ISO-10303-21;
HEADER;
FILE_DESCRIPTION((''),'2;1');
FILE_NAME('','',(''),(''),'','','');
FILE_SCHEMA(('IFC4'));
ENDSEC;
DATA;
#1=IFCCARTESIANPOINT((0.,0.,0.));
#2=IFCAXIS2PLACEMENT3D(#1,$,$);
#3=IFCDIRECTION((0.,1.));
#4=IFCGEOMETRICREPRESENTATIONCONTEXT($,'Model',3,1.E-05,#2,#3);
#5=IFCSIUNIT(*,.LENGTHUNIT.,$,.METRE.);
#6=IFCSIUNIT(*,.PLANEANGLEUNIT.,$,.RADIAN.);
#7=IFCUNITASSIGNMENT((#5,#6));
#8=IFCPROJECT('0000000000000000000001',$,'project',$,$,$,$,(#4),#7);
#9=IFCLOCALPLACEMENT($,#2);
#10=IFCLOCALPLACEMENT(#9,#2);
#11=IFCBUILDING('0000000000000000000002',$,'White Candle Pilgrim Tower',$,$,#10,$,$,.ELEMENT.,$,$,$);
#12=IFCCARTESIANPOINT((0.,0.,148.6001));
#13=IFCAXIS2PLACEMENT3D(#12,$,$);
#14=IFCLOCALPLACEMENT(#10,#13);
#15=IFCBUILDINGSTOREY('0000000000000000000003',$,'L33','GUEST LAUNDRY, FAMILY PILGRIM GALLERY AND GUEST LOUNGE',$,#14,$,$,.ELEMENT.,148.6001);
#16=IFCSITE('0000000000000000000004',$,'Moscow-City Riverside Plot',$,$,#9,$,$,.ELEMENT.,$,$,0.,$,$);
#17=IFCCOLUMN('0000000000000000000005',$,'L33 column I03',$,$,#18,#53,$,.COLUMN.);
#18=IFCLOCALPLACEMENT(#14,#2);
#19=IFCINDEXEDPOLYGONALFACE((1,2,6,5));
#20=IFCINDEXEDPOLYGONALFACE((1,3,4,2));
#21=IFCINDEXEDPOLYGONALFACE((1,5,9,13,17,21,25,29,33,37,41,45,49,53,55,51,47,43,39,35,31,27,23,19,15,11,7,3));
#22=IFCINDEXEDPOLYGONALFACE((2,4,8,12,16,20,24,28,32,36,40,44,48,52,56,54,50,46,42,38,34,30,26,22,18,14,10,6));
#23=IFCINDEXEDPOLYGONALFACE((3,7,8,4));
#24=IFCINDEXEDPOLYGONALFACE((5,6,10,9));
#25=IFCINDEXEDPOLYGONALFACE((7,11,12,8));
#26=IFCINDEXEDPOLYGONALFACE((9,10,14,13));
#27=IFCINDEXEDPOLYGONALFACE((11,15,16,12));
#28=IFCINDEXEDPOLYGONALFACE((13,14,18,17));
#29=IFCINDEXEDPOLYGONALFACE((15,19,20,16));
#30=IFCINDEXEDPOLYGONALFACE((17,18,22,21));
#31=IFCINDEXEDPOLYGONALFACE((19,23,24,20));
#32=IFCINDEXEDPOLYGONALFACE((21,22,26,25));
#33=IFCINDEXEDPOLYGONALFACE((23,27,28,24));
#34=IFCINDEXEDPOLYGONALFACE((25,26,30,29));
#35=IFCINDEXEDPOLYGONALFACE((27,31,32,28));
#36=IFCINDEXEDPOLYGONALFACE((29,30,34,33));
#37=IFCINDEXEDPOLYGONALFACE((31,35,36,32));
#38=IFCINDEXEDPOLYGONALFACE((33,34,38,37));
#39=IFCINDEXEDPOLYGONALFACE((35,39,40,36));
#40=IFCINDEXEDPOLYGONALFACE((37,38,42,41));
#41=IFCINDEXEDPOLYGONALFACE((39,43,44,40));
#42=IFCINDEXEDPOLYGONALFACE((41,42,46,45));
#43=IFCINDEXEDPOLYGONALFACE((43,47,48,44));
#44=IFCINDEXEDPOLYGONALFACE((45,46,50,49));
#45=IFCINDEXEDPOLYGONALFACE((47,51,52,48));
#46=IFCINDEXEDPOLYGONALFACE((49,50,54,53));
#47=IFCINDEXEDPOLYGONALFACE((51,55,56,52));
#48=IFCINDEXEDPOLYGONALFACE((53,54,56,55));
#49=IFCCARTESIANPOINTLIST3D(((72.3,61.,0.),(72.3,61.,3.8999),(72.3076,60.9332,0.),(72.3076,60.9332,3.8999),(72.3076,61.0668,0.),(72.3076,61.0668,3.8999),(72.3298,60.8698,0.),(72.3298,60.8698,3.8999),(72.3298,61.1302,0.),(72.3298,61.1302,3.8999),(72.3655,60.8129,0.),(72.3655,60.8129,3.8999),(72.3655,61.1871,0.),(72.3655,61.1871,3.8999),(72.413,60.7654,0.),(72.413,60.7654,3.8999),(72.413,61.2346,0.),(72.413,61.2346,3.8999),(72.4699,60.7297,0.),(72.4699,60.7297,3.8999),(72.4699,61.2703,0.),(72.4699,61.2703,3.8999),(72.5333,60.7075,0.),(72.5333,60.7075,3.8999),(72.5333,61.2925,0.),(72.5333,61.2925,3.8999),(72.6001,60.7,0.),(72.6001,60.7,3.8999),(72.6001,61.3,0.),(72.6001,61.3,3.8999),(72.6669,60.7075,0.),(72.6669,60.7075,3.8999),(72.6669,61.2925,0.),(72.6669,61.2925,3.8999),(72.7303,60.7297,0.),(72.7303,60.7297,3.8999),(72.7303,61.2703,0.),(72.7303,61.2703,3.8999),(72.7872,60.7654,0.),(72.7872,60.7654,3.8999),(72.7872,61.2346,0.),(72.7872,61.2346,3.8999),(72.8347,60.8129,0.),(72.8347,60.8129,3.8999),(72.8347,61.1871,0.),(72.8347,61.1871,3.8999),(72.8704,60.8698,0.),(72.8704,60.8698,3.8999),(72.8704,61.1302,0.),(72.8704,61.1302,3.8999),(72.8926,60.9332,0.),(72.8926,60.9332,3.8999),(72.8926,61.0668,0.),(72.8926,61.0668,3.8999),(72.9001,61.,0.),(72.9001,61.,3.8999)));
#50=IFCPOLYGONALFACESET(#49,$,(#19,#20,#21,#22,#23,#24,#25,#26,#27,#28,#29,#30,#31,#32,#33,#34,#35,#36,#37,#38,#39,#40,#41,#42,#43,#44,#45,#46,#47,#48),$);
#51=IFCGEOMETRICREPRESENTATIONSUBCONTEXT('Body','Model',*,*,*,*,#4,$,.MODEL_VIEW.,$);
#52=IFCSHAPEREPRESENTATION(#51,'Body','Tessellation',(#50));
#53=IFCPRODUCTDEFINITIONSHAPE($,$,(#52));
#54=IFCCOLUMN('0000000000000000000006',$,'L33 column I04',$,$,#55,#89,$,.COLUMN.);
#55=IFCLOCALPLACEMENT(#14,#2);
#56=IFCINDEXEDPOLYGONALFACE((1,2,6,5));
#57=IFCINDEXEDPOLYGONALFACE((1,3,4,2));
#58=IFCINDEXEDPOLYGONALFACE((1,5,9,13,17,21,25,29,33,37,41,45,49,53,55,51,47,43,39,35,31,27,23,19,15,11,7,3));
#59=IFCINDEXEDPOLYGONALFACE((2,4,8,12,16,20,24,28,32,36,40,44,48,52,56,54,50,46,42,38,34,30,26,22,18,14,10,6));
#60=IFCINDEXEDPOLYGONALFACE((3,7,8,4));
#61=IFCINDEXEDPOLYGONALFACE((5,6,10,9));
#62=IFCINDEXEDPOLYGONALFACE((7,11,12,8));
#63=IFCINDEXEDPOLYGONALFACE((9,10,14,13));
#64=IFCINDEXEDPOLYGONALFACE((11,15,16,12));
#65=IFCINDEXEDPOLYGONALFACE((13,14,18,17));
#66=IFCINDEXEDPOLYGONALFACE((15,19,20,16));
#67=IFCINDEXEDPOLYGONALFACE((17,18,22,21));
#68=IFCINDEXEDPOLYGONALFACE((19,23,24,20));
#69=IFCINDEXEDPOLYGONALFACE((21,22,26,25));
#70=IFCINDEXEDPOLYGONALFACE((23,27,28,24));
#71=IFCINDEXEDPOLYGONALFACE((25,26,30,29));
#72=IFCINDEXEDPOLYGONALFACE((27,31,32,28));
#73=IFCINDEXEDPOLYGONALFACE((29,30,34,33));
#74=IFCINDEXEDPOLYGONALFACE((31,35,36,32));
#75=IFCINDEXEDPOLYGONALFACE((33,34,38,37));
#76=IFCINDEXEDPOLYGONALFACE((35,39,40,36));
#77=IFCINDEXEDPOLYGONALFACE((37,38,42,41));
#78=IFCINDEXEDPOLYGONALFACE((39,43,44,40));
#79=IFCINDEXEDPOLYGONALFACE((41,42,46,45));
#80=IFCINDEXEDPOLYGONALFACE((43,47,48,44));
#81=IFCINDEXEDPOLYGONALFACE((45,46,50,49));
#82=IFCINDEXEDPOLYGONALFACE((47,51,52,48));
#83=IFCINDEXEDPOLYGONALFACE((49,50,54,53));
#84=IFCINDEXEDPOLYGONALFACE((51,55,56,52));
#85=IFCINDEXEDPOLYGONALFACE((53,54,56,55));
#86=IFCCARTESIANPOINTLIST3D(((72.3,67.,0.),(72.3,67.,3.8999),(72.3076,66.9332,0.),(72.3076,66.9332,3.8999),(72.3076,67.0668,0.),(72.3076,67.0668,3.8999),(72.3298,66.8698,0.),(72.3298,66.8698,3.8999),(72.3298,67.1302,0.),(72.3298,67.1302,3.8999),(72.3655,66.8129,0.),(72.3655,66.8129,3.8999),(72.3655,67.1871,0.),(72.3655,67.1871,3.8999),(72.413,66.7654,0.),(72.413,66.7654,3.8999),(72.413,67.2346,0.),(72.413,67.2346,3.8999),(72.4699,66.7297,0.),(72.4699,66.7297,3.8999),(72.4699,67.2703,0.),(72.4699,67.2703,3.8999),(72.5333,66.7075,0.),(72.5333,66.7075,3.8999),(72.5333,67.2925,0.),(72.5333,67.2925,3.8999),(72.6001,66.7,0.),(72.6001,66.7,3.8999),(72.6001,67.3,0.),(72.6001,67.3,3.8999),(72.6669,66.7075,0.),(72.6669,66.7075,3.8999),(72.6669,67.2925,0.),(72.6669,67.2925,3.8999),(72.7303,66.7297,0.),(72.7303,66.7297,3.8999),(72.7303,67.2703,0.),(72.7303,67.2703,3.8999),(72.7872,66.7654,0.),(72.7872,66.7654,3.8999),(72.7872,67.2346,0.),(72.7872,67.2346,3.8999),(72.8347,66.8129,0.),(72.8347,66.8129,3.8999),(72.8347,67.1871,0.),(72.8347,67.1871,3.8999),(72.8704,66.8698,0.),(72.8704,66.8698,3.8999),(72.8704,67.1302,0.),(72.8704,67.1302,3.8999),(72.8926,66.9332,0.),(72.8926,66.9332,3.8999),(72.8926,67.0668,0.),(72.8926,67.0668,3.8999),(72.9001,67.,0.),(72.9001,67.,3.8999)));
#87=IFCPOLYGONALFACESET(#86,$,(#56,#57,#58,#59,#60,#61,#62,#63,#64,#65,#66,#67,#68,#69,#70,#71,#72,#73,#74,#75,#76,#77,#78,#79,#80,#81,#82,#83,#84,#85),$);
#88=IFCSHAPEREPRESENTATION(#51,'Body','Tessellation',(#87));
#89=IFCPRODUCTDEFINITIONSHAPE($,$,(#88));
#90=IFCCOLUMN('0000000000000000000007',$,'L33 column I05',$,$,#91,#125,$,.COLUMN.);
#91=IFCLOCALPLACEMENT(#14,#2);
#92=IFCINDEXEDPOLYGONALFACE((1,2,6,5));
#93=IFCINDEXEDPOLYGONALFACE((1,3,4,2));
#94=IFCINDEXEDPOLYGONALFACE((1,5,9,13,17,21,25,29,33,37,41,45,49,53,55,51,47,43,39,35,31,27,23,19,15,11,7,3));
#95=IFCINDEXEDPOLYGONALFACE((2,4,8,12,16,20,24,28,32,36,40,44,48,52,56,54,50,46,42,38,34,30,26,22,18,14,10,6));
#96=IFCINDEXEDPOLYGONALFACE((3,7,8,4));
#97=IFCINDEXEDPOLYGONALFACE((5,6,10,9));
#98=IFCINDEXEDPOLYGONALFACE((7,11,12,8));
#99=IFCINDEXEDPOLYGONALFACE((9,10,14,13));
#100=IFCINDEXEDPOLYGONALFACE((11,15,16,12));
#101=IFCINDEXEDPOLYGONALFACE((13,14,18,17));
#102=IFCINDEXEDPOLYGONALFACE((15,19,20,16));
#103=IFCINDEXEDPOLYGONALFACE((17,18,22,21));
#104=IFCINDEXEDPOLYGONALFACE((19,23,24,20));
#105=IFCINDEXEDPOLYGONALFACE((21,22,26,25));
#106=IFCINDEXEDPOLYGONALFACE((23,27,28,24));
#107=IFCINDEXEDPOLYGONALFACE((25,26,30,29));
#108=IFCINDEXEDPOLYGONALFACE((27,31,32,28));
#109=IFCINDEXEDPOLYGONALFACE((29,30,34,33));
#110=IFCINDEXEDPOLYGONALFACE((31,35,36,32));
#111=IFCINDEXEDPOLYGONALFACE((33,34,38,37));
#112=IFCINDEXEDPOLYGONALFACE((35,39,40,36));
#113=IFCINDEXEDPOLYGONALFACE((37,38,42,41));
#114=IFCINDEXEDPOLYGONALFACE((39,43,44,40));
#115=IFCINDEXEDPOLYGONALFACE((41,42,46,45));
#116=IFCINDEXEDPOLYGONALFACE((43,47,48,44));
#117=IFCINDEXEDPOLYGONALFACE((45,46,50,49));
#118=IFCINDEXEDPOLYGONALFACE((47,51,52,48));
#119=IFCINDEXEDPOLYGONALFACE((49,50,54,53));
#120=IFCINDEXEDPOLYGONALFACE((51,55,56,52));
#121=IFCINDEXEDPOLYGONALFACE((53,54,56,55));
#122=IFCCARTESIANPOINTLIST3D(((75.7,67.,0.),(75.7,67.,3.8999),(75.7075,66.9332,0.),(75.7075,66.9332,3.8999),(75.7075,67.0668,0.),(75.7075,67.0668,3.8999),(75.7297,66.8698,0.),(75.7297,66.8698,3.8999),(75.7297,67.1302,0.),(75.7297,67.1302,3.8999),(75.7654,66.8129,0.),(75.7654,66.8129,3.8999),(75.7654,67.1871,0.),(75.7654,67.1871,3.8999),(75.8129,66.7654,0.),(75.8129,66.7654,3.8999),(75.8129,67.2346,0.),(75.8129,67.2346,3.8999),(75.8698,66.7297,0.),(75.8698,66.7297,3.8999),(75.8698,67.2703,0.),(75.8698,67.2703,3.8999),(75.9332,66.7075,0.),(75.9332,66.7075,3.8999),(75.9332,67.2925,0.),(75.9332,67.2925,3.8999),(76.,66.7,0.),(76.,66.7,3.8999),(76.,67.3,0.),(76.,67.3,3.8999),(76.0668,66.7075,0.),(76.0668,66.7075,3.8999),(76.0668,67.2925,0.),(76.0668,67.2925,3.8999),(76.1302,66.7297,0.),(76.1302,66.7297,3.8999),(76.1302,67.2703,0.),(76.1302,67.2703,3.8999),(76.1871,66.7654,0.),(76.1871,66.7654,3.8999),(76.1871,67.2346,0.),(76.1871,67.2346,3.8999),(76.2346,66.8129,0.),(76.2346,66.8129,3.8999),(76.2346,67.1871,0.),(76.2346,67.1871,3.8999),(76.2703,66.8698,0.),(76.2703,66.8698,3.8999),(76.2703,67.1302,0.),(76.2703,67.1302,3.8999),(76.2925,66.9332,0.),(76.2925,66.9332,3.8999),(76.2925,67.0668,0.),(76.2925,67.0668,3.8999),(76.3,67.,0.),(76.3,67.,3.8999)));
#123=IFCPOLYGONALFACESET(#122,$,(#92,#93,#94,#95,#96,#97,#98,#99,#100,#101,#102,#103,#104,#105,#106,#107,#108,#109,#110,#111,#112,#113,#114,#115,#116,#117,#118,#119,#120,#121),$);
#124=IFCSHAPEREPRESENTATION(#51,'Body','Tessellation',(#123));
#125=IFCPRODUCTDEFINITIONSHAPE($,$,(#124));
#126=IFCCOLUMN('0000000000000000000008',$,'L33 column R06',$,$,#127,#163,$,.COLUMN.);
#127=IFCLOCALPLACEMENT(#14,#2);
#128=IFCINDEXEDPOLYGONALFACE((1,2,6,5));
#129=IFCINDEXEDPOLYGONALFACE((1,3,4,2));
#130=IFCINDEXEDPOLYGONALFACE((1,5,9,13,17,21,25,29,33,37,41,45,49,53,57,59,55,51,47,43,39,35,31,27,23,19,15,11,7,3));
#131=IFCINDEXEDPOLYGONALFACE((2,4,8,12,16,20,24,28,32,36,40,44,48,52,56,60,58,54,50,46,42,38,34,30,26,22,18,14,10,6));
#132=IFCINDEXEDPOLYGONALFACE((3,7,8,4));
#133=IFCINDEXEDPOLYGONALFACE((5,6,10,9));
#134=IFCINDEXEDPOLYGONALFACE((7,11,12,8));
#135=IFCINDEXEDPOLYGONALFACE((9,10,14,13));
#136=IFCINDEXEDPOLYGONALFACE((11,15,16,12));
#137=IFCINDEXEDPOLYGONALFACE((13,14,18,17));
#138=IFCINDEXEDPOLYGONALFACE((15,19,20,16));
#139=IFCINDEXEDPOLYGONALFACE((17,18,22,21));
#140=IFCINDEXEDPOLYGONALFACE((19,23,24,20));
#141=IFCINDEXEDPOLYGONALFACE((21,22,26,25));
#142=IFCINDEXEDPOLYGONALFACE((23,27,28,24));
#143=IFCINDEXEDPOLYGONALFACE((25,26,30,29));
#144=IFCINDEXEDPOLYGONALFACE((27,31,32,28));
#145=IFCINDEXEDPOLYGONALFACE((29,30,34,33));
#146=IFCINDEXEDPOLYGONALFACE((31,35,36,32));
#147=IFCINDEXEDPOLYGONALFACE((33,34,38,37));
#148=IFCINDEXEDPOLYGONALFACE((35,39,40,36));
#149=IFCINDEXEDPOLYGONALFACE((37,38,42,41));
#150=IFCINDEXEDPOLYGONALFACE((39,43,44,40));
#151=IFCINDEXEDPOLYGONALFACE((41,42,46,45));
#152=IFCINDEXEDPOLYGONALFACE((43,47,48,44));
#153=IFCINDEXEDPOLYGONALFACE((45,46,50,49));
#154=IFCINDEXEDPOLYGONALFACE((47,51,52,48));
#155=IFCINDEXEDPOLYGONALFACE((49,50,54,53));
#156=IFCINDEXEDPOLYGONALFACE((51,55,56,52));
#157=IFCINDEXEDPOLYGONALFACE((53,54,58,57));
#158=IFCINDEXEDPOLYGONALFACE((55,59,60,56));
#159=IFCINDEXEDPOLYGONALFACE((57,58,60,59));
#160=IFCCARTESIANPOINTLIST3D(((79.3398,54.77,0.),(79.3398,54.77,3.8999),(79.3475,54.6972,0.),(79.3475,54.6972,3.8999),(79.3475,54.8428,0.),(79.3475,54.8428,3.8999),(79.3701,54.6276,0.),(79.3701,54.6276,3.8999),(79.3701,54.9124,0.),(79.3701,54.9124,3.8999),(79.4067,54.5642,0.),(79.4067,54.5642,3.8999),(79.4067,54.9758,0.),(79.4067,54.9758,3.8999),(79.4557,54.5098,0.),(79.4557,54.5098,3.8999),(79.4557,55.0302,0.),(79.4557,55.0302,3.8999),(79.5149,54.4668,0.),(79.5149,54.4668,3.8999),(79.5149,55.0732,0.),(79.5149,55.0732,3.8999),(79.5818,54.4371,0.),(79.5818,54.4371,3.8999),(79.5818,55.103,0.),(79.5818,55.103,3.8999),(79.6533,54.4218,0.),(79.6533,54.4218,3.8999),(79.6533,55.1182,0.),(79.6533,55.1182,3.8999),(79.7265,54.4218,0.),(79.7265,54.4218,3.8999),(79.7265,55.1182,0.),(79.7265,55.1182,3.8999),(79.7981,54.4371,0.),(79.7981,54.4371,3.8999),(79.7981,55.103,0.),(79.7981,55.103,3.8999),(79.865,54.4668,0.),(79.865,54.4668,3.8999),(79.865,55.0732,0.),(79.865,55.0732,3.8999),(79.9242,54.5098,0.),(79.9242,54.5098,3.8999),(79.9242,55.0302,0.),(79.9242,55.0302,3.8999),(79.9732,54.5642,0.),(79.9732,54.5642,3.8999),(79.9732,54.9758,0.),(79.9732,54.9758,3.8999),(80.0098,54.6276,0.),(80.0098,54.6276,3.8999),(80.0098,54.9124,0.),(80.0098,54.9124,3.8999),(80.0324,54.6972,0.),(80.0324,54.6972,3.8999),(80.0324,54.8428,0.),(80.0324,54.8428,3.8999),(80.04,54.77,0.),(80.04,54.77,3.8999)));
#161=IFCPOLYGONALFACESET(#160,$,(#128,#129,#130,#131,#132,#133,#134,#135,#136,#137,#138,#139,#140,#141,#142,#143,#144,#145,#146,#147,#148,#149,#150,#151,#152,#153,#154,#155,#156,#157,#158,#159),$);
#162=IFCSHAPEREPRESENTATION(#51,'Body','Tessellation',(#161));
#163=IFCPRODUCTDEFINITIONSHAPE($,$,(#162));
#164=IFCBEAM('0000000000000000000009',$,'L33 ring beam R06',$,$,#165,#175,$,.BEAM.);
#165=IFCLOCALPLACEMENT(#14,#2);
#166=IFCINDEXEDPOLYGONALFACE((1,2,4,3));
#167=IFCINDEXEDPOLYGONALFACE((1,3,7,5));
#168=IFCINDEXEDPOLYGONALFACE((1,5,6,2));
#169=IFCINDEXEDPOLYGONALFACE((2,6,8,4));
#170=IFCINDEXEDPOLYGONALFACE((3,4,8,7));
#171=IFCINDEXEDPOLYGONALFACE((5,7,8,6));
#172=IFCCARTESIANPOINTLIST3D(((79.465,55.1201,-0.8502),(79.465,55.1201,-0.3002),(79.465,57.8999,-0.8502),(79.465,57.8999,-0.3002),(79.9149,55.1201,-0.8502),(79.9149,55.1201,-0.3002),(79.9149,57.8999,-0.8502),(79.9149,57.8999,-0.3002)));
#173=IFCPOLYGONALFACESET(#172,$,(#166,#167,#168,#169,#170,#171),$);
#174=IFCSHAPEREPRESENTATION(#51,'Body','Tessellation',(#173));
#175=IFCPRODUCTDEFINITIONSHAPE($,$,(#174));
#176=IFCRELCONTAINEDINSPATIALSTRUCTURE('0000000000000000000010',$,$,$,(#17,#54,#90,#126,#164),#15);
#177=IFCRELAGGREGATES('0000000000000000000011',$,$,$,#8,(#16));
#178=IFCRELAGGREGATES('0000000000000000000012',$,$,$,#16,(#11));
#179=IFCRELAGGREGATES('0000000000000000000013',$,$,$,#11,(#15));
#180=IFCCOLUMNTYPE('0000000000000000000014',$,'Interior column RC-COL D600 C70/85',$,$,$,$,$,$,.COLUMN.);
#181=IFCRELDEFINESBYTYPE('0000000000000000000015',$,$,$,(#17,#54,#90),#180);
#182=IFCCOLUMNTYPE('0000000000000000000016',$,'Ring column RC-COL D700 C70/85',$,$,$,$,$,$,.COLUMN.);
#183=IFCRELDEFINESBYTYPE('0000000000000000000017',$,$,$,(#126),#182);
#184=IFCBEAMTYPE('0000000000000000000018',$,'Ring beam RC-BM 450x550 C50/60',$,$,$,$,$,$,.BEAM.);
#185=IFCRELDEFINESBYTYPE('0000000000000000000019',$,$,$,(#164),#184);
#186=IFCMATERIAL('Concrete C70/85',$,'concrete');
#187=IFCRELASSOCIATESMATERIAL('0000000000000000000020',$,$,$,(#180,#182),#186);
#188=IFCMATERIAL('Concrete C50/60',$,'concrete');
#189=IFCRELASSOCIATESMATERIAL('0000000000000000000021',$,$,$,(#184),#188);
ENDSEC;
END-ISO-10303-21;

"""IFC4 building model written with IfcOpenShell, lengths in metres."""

from ifc_helpers import new_model, si_unit, direction, frame, origin, origin_2d, place, context, subcontext, project, spatial, rectangle, circle, extrude, material, material_profile, profile_set, type_object, element, save


model = new_model("IFC4")

# Units and contexts
model_context = context("Model", 3, precision=1e-05, world=origin(), true_north=direction((0.0, 1.0)))
body_context = subcontext(model_context, "Body", "Model", "MODEL_VIEW")
ifc_project = project(units=[si_unit("LENGTHUNIT", "METRE"), si_unit("PLANEANGLEUNIT", "RADIAN")], contexts=[model_context])

# Site, building, storey
site_placement = place(None, origin())
site = spatial("IfcSite", under=ifc_project, at=site_placement, Name="Moscow-City Riverside Plot", CompositionType="ELEMENT", RefElevation=0.0)
building_placement = place(site_placement, origin())
building = spatial("IfcBuilding", under=site, at=building_placement, Name="White Candle Pilgrim Tower", CompositionType="ELEMENT")
storey_placement = place(building_placement, frame((0.0, 0.0, 148.6001)))
storey = spatial("IfcBuildingStorey", under=building, at=storey_placement, Name="L33", Description="GUEST LAUNDRY, FAMILY PILGRIM GALLERY AND GUEST LOUNGE", CompositionType="ELEMENT", Elevation=148.6001)

# Columns
ifc_material_1 = material(Name="Concrete C70/85", Category="concrete")
ifc_material_profile_1 = material_profile(ifc_material_1, circle(Radius=0.3, at=origin_2d()), Name="RC-COL D600")
ifc_profile_set_1 = profile_set([ifc_material_profile_1], Name="Concrete C70/85")
column_type_1 = type_object("IfcColumnType", Name="Interior column RC-COL D600 C70/85", PredefinedType="COLUMN", material=ifc_profile_set_1)
for number, where, z_axis, x_axis, name in (
    (1, (72.6001, 61.0, 0.0), (0.0, 0.0, 1.0), (1.0, 0.0, 0.0), "L33 column I03"),
    (2, (72.6001, 67.0, 0.0), (0.0, 0.0, 1.0), (1.0, 0.0, 0.0), "L33 column I04"),
    (3, (76.0, 67.0, 0.0), (0.0, 0.0, 1.0), (1.0, 0.0, 0.0), "L33 column I05"),
):
    element("IfcColumn", number, at=place(storey_placement, frame(where, z_axis=z_axis, x_axis=x_axis)), inside=storey, type_object=column_type_1, Name=name, PredefinedType="COLUMN", context=body_context, shape_type="SweptSolid", body=[
        extrude(circle(Radius=0.3, at=origin_2d()), origin(), (0.0, 0.0, 1.0), 3.8999),
    ])
ifc_material_profile_2 = material_profile(ifc_material_1, circle(Radius=0.3501, at=origin_2d()), Name="RC-COL D700")
ifc_profile_set_2 = profile_set([ifc_material_profile_2], Name="Concrete C70/85")
column_type_2 = type_object("IfcColumnType", Name="Ring column RC-COL D700 C70/85", PredefinedType="COLUMN", material=ifc_profile_set_2)
column_placement = place(storey_placement, frame((79.6899, 54.77, 0.0), z_axis=(0.0, 0.0, 1.0), x_axis=(1.0, 0.0, 0.0)))
element("IfcColumn", 4, at=column_placement, inside=storey, type_object=column_type_2, Name="L33 column R06", PredefinedType="COLUMN", context=body_context, shape_type="SweptSolid", body=[
    extrude(circle(Radius=0.3501, at=origin_2d()), origin(), (0.0, 0.0, 1.0), 3.8999),
])

# Beam
ifc_material_2 = material(Name="Concrete C50/60", Category="concrete")
ifc_material_profile_3 = material_profile(ifc_material_2, rectangle(XDim=0.45, YDim=0.55, at=origin_2d()), Name="RC-BM 450x550")
ifc_profile_set_3 = profile_set([ifc_material_profile_3], Name="Concrete C50/60")
beam_type = type_object("IfcBeamType", Name="Ring beam RC-BM 450x550 C50/60", PredefinedType="BEAM", material=ifc_profile_set_3)
beam_placement = place(storey_placement, frame((79.6899, 55.1201, -0.5752), z_axis=(0.0, 1.0, 0.0), x_axis=(-1.0, 0.0, 0.0)))
element("IfcBeam", 5, at=beam_placement, inside=storey, type_object=beam_type, Name="L33 ring beam R06", PredefinedType="BEAM", context=body_context, shape_type="SweptSolid", body=[
    extrude(rectangle(XDim=0.45, YDim=0.55, at=origin_2d()), origin(), (0.0, 0.0, 1.0), 2.7798),
])

save(model, "model.ifc")
